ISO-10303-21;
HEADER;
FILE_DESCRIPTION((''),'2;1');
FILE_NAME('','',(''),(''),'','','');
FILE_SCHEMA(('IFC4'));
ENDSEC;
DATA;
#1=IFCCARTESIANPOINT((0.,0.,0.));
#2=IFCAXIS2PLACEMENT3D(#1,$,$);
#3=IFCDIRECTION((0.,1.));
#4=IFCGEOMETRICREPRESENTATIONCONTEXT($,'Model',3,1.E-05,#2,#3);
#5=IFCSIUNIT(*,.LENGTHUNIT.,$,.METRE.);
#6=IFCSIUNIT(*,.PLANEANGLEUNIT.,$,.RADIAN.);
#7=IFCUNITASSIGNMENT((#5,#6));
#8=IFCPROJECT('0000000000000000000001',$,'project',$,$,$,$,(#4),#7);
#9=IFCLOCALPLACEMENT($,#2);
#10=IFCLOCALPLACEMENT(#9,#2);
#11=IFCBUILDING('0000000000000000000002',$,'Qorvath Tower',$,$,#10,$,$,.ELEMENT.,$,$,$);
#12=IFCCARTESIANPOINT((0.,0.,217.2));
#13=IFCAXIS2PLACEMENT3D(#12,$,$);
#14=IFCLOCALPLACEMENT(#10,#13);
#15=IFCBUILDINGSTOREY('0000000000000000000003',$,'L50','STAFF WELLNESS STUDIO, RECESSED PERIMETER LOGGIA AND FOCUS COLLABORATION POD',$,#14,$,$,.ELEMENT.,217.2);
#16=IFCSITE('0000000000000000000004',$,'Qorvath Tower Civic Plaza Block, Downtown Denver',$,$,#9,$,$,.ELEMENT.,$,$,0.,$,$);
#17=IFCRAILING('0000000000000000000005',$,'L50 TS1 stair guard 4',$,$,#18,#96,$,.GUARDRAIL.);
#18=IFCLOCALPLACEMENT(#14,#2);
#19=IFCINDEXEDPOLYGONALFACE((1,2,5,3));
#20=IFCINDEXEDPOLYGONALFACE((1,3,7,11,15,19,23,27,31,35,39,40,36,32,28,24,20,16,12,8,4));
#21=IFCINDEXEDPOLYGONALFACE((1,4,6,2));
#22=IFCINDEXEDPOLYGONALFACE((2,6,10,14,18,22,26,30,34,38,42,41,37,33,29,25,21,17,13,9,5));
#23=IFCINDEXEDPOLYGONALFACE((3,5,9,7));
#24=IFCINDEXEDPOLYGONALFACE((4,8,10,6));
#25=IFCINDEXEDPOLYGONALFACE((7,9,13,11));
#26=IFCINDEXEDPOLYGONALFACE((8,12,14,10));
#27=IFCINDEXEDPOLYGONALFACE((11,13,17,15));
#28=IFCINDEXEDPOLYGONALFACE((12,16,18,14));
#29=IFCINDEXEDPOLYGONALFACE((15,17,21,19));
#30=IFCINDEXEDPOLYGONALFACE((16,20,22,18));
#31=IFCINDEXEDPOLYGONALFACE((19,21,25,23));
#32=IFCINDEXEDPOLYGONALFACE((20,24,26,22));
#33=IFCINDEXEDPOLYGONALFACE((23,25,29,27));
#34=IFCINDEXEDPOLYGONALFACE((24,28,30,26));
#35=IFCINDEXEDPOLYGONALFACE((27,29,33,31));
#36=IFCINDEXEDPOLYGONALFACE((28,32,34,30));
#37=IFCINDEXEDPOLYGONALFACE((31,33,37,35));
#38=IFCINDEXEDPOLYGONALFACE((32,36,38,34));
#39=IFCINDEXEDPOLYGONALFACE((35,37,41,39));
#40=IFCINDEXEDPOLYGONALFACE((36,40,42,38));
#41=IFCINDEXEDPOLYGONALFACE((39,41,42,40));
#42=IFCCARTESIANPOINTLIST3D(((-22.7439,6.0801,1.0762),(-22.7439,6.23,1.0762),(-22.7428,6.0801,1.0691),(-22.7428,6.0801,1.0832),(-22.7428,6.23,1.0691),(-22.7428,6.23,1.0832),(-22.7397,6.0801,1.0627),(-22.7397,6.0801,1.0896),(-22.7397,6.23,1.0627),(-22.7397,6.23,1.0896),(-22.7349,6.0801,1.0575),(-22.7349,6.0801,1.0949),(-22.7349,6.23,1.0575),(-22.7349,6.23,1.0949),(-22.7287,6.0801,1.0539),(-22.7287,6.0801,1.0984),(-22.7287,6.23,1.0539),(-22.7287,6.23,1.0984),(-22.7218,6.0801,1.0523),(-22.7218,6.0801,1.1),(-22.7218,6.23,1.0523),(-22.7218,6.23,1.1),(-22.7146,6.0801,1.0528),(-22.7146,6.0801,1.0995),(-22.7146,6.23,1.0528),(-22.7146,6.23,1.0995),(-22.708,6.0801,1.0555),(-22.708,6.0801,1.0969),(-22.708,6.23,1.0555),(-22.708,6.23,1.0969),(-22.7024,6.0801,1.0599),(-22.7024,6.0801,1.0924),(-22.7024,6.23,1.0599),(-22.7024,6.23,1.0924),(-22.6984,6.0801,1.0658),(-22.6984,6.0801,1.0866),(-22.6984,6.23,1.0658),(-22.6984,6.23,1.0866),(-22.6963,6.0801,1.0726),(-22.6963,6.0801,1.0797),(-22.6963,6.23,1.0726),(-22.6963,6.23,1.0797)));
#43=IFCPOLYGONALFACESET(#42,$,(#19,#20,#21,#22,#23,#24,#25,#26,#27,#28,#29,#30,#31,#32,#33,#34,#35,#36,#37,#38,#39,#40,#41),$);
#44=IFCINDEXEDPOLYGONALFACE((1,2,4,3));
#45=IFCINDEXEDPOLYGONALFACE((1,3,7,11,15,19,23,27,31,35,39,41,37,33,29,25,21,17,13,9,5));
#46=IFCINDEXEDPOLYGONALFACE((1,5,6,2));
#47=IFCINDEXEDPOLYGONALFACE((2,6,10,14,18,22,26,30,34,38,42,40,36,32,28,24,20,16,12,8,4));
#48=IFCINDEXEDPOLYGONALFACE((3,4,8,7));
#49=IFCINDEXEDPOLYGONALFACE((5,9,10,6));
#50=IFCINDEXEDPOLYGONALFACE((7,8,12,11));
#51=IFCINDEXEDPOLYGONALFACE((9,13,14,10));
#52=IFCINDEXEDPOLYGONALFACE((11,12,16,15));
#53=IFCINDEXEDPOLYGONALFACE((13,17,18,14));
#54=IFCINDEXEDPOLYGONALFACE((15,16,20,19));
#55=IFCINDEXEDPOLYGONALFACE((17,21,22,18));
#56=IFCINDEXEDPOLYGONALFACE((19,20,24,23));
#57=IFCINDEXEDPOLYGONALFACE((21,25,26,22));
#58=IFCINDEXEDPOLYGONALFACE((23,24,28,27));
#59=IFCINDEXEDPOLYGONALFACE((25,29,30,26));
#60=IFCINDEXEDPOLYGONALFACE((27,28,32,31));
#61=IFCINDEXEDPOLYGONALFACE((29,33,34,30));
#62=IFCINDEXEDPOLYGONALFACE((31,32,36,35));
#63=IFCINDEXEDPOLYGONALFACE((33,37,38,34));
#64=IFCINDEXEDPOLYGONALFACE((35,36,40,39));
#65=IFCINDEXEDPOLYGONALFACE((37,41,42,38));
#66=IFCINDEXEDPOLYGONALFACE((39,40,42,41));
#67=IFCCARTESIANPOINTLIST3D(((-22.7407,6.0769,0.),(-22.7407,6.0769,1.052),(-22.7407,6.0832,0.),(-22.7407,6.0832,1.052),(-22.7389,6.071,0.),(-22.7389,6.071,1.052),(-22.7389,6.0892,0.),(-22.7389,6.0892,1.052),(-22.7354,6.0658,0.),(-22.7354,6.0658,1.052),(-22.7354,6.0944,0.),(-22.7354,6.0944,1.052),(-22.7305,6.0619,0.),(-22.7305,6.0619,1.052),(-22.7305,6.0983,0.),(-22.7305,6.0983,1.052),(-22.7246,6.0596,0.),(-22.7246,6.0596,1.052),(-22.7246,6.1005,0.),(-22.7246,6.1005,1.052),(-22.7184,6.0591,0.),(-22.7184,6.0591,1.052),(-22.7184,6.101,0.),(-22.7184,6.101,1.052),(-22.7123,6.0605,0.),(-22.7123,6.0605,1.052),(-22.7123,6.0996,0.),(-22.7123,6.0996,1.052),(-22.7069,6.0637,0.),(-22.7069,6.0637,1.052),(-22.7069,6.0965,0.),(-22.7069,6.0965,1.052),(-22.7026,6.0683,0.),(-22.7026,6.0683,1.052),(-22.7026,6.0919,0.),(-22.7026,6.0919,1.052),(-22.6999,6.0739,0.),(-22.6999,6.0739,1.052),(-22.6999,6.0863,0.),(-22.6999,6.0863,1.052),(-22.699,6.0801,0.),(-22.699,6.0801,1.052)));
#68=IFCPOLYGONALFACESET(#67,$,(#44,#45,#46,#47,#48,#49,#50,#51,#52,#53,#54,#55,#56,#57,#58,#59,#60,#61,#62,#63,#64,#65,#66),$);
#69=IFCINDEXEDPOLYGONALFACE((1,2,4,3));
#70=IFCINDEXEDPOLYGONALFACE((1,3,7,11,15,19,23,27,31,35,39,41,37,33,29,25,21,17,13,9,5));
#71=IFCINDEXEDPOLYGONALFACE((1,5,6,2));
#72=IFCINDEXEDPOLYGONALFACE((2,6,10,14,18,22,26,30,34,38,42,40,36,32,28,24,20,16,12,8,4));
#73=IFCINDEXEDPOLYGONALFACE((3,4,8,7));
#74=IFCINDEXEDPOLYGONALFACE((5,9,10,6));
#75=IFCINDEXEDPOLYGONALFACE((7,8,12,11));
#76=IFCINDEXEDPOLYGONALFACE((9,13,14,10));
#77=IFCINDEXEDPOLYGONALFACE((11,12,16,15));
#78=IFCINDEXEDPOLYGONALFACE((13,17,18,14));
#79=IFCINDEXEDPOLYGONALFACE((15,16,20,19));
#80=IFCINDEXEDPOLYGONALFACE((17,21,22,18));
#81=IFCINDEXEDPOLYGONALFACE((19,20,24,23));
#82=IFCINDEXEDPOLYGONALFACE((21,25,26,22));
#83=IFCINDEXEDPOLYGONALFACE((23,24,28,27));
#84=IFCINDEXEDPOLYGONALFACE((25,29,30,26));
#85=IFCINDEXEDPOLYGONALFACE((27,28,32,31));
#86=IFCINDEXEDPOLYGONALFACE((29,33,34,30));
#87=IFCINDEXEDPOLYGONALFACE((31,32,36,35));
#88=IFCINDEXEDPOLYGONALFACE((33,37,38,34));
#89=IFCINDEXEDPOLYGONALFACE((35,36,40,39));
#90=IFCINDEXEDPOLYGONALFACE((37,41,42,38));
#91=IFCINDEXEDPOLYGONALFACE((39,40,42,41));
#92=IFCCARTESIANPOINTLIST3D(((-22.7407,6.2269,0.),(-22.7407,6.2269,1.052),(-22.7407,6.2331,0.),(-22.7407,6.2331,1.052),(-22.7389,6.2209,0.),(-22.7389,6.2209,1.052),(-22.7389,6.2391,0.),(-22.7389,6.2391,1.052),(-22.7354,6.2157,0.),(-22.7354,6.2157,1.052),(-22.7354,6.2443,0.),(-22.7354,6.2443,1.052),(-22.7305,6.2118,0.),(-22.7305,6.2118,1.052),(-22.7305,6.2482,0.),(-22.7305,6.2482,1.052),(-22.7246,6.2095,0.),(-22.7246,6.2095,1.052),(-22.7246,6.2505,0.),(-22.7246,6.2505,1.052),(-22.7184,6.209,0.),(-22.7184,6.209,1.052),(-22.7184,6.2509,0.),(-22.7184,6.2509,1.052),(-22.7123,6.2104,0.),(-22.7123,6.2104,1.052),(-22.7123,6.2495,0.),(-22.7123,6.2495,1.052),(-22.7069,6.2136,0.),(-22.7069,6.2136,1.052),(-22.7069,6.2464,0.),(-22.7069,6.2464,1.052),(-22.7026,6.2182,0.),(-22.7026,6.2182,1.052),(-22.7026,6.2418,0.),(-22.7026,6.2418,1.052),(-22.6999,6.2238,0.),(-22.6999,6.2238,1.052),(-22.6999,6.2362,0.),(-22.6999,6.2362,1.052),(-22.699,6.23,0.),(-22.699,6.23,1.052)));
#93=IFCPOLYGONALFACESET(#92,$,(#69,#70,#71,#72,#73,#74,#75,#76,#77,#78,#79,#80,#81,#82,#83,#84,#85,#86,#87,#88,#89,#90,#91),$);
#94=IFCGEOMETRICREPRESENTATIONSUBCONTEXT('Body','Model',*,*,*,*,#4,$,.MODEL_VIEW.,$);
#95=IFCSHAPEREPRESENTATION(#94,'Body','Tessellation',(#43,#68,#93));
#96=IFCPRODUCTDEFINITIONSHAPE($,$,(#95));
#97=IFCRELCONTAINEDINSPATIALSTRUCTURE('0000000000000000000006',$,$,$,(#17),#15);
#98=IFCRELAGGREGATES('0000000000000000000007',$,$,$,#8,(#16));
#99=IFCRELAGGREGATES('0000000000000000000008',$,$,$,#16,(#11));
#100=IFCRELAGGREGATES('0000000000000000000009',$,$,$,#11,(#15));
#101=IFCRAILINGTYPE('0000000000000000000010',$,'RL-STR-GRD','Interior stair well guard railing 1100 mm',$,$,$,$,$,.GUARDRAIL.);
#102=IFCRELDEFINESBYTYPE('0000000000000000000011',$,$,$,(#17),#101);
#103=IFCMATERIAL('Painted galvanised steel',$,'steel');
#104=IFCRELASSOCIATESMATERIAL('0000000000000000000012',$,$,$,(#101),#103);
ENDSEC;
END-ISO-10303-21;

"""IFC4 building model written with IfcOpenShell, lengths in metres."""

from ifc_helpers import new_model, si_unit, direction, frame, origin, origin_2d, place, context, subcontext, project, spatial, circle, extrude, material, type_object, element, save


model = new_model("IFC4")

# Units and contexts
model_context = context("Model", 3, precision=1e-05, world=origin(), true_north=direction((0.0, 1.0)))
body_context = subcontext(model_context, "Body", "Model", "MODEL_VIEW")
ifc_project = project(units=[si_unit("LENGTHUNIT", "METRE"), si_unit("PLANEANGLEUNIT", "RADIAN")], contexts=[model_context])

# Site, building, storey
site_placement = place(None, origin())
site = spatial("IfcSite", under=ifc_project, at=site_placement, Name="Qorvath Tower Civic Plaza Block, Downtown Denver", CompositionType="ELEMENT", RefElevation=0.0)
building_placement = place(site_placement, origin())
building = spatial("IfcBuilding", under=site, at=building_placement, Name="Qorvath Tower", CompositionType="ELEMENT")
storey_placement = place(building_placement, frame((0.0, 0.0, 217.2)))
storey = spatial("IfcBuildingStorey", under=building, at=storey_placement, Name="L50", Description="STAFF WELLNESS STUDIO, RECESSED PERIMETER LOGGIA AND FOCUS COLLABORATION POD", CompositionType="ELEMENT", Elevation=217.2)

# Railing
ifc_material_1 = material(Name="Painted galvanised steel", Category="steel")
railing_type_1 = type_object("IfcRailingType", Name="RL-STR-GRD", Description="Interior stair well guard railing 1100 mm", PredefinedType="GUARDRAIL", material=ifc_material_1)
railing_1_placement = place(storey_placement, frame((-22.72, 6.0801, 0.0)))
element("IfcRailing", 1, at=railing_1_placement, inside=storey, type_object=railing_type_1, Name="L50 TS1 stair guard 4", PredefinedType="GUARDRAIL", context=body_context, shape_type="SweptSolid", body=[
    extrude(circle(Radius=0.0239, at=origin_2d()), frame((0.0, 0.0, 1.0762), z_axis=(0.0, 1.0, 0.0), x_axis=(-1.0, 0.0, 0.0)), (0.0, 0.0, 1.0), 0.1499),
    extrude(circle(Radius=0.021, at=origin_2d()), origin(), (0.0, 0.0, 1.0), 1.052),
    extrude(circle(Radius=0.021, at=origin_2d()), frame((0.0, 0.1499, 0.0)), (0.0, 0.0, 1.0), 1.052),
])

save(model, "model.ifc")
